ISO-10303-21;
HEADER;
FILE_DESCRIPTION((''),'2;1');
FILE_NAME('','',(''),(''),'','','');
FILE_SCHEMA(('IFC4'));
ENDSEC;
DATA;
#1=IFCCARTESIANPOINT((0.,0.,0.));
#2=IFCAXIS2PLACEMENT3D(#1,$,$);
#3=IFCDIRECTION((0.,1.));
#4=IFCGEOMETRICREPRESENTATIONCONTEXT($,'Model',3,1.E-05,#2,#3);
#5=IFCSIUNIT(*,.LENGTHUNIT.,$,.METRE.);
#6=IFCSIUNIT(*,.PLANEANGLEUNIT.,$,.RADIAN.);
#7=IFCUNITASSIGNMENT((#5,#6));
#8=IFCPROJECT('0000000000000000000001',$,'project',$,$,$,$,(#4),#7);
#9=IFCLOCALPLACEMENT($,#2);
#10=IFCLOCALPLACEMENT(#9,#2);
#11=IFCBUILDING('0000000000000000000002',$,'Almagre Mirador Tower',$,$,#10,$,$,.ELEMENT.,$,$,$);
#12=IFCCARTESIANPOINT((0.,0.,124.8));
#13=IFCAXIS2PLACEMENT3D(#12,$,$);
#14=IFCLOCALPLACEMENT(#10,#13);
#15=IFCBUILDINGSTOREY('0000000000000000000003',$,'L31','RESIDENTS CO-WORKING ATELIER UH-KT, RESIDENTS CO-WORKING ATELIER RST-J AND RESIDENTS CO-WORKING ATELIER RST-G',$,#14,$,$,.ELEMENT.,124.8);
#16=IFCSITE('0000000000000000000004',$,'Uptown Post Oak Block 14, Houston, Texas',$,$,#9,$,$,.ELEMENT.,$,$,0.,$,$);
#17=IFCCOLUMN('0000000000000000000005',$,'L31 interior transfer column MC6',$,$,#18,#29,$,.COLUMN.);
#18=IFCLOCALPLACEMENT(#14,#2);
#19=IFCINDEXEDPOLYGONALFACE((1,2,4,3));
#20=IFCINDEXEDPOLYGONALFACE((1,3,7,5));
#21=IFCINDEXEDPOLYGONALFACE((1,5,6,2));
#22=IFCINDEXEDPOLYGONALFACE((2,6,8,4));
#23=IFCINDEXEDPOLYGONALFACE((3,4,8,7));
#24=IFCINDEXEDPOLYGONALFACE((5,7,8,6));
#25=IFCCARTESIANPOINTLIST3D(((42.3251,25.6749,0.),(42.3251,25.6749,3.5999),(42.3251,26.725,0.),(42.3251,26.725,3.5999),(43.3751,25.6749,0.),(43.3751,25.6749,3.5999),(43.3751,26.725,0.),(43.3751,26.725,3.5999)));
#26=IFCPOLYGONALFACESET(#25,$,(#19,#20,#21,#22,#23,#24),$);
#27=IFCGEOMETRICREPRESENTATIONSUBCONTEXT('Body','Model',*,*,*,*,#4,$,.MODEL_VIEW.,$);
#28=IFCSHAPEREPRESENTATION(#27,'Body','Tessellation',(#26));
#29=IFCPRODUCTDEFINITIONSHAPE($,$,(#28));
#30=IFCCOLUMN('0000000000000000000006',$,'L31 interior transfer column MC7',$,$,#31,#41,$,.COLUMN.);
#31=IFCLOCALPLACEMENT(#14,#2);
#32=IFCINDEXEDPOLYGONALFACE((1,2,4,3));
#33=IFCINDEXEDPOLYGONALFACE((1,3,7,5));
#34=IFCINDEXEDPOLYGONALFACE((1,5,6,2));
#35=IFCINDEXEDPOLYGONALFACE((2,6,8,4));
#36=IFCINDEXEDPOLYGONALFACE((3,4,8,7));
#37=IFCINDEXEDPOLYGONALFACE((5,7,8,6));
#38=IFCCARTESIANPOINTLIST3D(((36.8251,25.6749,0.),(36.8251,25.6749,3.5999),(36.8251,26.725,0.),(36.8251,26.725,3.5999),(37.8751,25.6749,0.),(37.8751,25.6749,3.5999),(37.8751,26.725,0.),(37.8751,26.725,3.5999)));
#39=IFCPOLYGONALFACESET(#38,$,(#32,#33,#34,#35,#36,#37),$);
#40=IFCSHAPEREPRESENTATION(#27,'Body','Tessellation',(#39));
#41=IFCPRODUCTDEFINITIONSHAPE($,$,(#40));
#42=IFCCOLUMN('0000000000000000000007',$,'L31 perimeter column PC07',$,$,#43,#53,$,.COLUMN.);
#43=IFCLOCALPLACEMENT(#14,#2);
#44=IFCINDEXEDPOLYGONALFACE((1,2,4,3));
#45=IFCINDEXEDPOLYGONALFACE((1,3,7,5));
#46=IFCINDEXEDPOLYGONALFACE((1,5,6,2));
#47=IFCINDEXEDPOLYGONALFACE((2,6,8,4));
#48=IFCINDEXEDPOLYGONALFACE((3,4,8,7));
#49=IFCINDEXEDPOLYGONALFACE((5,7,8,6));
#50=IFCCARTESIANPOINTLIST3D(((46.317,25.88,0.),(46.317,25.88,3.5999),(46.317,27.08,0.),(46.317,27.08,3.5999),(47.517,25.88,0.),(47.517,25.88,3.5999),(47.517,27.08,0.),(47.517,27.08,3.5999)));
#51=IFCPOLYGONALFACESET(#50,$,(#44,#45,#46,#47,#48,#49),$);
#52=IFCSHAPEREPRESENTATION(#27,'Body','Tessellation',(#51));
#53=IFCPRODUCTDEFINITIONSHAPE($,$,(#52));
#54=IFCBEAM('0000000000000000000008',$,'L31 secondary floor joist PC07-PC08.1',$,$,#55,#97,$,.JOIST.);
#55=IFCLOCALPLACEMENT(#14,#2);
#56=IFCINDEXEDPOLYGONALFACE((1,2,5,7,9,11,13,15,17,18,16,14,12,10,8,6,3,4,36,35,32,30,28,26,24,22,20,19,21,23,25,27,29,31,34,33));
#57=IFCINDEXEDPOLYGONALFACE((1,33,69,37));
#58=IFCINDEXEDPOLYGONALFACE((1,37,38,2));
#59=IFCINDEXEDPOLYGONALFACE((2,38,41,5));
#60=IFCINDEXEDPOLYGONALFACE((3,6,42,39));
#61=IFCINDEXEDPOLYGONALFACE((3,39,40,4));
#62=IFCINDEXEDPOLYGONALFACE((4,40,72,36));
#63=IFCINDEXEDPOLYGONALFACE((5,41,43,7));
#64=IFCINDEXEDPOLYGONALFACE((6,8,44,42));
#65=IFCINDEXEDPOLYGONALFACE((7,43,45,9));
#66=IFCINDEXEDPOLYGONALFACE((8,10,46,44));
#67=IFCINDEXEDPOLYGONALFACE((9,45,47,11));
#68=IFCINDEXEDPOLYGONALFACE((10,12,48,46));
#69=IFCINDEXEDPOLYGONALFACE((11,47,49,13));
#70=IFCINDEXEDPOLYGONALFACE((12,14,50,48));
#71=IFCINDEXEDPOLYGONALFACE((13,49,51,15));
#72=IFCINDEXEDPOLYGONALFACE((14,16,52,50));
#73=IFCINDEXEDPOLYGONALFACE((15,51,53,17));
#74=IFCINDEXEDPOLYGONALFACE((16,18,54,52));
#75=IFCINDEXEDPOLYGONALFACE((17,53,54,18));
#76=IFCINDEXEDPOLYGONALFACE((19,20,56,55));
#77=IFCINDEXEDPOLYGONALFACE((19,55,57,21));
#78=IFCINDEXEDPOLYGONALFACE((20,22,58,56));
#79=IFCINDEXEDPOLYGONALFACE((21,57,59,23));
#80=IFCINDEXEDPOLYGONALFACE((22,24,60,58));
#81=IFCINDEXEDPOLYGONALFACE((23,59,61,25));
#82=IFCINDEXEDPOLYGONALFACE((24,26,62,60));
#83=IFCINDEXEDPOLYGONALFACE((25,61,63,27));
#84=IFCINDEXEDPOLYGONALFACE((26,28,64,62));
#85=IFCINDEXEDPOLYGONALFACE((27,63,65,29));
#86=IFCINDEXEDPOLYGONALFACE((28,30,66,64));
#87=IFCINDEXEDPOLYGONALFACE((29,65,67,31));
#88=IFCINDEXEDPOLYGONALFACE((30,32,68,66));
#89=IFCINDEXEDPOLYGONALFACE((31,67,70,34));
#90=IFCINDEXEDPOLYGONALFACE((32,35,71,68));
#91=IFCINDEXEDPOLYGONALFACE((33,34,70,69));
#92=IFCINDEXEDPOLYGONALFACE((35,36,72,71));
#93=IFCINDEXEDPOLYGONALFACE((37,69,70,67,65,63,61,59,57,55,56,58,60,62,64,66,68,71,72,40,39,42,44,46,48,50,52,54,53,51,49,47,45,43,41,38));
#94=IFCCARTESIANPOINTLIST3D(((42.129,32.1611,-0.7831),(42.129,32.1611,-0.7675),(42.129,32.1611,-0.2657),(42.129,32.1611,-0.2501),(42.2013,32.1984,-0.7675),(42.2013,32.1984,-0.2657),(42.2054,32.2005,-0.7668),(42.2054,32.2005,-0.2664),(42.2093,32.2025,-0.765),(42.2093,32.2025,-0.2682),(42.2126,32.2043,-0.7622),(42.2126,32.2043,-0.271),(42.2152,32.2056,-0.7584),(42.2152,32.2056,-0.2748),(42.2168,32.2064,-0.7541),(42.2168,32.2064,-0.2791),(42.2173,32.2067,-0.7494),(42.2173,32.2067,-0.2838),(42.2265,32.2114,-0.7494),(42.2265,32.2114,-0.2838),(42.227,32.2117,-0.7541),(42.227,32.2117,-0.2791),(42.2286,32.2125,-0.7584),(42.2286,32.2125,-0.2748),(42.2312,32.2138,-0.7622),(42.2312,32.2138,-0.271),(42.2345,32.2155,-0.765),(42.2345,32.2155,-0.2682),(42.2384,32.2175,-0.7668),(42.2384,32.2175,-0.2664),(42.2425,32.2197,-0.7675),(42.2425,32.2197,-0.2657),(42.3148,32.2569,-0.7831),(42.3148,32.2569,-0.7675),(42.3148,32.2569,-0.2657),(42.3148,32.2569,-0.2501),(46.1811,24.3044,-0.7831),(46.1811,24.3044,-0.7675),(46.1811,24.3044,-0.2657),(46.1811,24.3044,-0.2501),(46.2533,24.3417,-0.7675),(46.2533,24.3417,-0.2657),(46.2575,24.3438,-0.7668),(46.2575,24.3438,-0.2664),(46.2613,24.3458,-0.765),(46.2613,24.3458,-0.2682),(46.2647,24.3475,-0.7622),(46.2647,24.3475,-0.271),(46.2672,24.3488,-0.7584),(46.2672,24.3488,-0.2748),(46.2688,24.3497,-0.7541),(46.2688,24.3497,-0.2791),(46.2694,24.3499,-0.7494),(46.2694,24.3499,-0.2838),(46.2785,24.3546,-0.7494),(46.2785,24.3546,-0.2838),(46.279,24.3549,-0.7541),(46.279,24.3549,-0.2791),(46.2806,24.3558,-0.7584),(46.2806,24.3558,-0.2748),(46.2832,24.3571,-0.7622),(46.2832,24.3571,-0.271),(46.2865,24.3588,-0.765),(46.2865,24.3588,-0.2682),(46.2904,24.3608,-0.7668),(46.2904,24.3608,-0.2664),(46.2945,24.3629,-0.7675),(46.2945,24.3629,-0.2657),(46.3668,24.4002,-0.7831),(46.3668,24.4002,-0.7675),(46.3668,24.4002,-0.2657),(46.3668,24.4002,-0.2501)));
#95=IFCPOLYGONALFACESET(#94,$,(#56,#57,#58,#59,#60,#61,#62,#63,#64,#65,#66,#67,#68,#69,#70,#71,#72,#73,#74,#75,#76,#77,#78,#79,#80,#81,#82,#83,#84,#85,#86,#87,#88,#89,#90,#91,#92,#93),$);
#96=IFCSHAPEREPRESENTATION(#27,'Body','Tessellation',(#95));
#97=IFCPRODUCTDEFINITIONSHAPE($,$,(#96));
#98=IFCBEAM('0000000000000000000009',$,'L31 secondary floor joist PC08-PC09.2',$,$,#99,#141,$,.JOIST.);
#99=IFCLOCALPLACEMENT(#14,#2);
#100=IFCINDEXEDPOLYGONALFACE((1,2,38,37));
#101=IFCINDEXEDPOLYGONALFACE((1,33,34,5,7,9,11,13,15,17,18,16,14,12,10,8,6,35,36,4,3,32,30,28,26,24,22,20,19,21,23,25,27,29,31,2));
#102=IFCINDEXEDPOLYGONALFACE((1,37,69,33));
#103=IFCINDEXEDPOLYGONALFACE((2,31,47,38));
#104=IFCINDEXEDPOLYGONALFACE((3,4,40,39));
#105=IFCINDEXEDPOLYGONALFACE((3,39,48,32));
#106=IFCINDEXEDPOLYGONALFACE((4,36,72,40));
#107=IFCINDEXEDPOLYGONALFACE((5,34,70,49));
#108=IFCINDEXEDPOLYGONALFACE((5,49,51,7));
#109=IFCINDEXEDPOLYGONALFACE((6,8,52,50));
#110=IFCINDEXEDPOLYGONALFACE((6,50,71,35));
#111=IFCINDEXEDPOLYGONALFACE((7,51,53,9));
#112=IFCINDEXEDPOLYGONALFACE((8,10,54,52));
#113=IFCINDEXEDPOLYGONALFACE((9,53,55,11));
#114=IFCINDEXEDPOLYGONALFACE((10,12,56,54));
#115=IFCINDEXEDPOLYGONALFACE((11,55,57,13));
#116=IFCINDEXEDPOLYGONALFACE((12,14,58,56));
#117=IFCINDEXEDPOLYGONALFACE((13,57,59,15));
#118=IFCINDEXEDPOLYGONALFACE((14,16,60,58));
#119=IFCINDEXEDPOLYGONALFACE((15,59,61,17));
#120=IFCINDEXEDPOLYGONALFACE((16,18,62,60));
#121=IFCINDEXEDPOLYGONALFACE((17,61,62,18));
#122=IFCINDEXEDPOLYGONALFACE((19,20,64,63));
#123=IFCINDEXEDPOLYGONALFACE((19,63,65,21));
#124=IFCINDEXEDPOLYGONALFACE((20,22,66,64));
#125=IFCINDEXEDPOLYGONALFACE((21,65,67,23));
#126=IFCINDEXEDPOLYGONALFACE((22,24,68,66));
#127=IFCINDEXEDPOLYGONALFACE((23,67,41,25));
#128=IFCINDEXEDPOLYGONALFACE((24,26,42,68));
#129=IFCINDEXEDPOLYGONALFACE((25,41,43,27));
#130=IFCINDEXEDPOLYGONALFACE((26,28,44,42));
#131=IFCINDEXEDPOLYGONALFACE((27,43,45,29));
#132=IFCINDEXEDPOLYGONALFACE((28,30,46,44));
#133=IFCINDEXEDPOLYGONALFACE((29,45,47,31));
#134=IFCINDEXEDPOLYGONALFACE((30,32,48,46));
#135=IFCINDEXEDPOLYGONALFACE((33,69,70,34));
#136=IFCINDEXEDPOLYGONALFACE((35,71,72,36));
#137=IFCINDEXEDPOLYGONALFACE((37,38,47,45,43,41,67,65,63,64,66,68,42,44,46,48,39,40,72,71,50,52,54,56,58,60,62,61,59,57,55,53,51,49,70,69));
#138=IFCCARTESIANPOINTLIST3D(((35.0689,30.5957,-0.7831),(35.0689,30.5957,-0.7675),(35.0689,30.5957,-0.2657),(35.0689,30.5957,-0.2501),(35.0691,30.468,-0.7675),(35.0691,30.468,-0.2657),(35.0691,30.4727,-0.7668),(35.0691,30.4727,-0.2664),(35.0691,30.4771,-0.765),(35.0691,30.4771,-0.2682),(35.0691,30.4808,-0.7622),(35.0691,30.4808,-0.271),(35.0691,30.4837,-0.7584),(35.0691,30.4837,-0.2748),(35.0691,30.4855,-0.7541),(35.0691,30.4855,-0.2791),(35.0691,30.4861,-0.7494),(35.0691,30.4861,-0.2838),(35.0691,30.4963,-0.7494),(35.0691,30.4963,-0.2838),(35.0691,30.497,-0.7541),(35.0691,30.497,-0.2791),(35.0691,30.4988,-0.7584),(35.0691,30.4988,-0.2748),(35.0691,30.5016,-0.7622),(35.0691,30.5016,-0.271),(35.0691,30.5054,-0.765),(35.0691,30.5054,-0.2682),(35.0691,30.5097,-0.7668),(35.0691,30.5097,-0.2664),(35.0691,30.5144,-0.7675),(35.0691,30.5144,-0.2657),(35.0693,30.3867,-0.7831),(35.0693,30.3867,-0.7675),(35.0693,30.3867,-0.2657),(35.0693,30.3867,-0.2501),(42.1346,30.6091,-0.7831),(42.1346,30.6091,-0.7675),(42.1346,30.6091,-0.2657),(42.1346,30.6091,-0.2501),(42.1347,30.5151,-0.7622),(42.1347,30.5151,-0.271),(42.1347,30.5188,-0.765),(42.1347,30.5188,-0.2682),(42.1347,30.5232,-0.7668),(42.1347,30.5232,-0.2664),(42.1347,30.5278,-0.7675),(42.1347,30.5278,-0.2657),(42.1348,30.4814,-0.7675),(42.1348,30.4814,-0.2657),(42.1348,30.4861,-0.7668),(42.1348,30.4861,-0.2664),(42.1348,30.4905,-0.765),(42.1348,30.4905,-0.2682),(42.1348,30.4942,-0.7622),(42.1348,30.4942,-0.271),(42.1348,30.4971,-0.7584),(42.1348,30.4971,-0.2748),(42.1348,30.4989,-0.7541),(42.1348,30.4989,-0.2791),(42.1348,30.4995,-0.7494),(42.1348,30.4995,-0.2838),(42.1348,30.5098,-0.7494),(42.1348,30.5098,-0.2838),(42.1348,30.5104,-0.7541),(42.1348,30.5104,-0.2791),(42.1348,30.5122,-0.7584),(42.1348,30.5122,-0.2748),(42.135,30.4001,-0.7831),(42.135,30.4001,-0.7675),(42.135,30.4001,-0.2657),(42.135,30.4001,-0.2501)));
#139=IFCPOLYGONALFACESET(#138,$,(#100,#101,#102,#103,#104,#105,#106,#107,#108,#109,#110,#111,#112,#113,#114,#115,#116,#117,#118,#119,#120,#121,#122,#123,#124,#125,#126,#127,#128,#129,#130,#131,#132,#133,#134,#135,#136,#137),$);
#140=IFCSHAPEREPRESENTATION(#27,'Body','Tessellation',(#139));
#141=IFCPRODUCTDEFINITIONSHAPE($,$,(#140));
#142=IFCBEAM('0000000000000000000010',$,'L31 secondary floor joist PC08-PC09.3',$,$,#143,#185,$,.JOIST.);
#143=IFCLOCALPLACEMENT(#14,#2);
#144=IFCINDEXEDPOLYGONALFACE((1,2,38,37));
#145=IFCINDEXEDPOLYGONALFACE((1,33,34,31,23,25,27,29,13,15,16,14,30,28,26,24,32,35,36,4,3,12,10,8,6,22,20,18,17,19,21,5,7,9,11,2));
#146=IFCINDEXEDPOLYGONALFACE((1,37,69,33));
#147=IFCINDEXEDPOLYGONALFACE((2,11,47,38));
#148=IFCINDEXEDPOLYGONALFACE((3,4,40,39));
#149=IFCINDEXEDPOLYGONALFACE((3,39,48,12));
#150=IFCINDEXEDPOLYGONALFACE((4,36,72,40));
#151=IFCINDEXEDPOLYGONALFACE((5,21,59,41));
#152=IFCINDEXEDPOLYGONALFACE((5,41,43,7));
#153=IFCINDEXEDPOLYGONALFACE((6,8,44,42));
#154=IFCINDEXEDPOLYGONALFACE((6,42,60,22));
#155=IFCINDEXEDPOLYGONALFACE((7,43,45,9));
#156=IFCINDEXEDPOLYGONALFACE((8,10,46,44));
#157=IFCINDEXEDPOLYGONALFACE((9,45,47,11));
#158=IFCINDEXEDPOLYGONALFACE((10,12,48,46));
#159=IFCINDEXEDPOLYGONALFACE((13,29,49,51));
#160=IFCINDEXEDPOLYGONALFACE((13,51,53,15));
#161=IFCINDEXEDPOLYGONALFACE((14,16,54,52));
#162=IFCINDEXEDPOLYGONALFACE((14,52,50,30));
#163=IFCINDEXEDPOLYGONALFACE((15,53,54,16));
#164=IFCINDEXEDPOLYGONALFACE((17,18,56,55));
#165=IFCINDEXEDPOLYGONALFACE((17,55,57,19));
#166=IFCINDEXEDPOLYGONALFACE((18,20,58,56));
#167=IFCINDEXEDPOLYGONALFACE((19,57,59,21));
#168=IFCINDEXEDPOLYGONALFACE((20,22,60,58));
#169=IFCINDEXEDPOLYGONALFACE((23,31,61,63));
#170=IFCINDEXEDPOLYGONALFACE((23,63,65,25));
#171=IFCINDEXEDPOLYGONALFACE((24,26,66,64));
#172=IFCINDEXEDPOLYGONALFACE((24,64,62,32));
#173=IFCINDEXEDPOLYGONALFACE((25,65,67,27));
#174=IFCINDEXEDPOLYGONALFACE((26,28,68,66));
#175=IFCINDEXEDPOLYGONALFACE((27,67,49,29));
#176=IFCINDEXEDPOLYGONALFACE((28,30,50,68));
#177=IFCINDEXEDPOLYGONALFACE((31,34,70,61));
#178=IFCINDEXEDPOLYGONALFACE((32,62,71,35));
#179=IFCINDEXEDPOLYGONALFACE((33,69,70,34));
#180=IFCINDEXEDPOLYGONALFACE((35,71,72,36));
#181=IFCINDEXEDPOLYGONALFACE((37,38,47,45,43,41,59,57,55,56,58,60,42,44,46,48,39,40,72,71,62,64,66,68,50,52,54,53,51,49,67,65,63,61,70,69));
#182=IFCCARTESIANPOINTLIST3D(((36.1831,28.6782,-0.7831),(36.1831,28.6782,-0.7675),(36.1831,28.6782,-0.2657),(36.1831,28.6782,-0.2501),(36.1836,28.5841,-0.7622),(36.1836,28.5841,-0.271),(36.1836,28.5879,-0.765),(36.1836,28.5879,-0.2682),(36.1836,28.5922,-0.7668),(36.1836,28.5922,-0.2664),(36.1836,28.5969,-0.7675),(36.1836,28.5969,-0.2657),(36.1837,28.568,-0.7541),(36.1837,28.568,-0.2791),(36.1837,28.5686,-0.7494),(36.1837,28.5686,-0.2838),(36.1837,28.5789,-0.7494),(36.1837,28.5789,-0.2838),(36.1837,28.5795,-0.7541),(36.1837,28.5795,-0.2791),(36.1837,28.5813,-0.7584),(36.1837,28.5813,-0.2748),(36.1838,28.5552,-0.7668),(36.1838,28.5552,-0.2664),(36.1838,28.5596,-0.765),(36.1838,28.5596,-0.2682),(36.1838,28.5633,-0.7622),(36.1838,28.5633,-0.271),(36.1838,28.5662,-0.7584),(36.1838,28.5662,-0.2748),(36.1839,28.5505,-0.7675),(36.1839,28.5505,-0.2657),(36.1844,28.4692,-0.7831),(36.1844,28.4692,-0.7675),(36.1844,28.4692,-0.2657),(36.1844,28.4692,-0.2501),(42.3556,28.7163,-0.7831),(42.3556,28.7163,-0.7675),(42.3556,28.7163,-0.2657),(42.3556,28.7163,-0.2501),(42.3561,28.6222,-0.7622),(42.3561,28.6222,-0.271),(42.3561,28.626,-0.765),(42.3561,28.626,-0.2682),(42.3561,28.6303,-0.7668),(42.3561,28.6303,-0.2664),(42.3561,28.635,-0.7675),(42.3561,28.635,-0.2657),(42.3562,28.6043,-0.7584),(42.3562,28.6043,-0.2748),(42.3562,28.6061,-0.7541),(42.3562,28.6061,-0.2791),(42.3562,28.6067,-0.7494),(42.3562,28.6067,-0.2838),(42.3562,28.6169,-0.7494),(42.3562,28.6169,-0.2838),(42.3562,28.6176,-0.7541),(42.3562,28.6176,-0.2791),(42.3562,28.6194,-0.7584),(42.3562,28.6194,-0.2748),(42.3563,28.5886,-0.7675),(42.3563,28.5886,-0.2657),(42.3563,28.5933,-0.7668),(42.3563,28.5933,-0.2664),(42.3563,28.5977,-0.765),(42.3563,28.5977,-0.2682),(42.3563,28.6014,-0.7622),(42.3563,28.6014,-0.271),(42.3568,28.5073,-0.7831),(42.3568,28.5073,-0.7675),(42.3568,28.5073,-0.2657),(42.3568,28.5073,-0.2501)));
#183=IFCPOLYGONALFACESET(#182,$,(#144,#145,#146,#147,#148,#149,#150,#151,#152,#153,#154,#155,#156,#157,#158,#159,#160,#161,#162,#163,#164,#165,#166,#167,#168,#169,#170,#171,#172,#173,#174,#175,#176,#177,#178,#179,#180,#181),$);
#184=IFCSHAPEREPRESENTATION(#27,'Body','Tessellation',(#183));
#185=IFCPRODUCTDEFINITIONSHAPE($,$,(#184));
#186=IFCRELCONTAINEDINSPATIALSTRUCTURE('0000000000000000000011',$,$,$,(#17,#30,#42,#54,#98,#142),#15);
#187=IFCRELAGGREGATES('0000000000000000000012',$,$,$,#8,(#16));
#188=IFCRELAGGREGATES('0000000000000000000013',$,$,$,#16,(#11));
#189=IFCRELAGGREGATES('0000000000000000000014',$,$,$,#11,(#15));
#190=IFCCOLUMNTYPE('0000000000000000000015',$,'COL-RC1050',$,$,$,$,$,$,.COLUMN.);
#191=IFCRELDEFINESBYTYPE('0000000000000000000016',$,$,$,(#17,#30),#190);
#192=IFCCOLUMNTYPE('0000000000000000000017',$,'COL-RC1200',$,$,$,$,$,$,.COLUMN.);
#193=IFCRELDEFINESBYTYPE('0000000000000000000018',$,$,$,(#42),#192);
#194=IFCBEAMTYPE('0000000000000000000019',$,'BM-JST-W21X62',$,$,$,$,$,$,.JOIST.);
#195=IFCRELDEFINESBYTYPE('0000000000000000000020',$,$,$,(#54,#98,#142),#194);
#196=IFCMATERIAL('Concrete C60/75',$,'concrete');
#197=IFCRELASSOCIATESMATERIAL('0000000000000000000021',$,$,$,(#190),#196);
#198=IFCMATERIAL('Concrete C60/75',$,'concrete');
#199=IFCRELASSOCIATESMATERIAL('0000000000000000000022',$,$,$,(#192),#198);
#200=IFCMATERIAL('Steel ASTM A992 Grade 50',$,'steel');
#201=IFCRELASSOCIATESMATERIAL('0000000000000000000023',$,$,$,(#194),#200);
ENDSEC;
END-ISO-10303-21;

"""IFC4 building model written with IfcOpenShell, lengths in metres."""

from ifc_helpers import new_model, si_unit, direction, frame, origin, origin_2d, place, context, subcontext, project, spatial, rectangle, i_section, extrude, material, material_profile, profile_set, type_object, element, save


model = new_model("IFC4")

# Units and contexts
model_context = context("Model", 3, precision=1e-05, world=origin(), true_north=direction((0.0, 1.0)))
body_context = subcontext(model_context, "Body", "Model", "MODEL_VIEW")
ifc_project = project(units=[si_unit("LENGTHUNIT", "METRE"), si_unit("PLANEANGLEUNIT", "RADIAN")], contexts=[model_context])

# Site, building, storey
site_placement = place(None, origin())
site = spatial("IfcSite", under=ifc_project, at=site_placement, Name="Uptown Post Oak Block 14, Houston, Texas", CompositionType="ELEMENT", RefElevation=0.0)
building_placement = place(site_placement, origin())
building = spatial("IfcBuilding", under=site, at=building_placement, Name="Almagre Mirador Tower", CompositionType="ELEMENT")
storey_placement = place(building_placement, frame((0.0, 0.0, 124.8)))
storey = spatial("IfcBuildingStorey", under=building, at=storey_placement, Name="L31", Description="RESIDENTS CO-WORKING ATELIER UH-KT, RESIDENTS CO-WORKING ATELIER RST-J AND RESIDENTS CO-WORKING ATELIER RST-G", CompositionType="ELEMENT", Elevation=124.8)

# Columns
ifc_material_1 = material(Name="Concrete C60/75", Category="concrete")
ifc_material_profile_1 = material_profile(ifc_material_1, rectangle(XDim=1.05, YDim=1.05, at=origin_2d()), Name="RC1050X1050")
ifc_profile_set_1 = profile_set([ifc_material_profile_1], Name="Concrete C60/75")
column_type_1 = type_object("IfcColumnType", Name="COL-RC1050", PredefinedType="COLUMN", material=ifc_profile_set_1)
for number, where, z_axis, x_axis, name in (
    (1, (42.8501, 26.2, 0.0), (0.0, 0.0, 1.0), (1.0, 0.0, 0.0), "L31 interior transfer column MC6"),
    (2, (37.3501, 26.2, 0.0), (0.0, 0.0, 1.0), (1.0, 0.0, 0.0), "L31 interior transfer column MC7"),
):
    element("IfcColumn", number, at=place(storey_placement, frame(where, z_axis=z_axis, x_axis=x_axis)), inside=storey, type_object=column_type_1, Name=name, PredefinedType="COLUMN", context=body_context, shape_type="SweptSolid", body=[
        extrude(rectangle(XDim=1.05, YDim=1.05, at=origin_2d()), origin(), (0.0, 0.0, 1.0), 3.5999),
    ])
ifc_material_2 = material(Name="Concrete C60/75", Category="concrete")
ifc_material_profile_2 = material_profile(ifc_material_2, rectangle(XDim=1.2, YDim=1.2, at=origin_2d()), Name="RC1200X1200")
ifc_profile_set_2 = profile_set([ifc_material_profile_2], Name="Concrete C60/75")
column_type_2 = type_object("IfcColumnType", Name="COL-RC1200", PredefinedType="COLUMN", material=ifc_profile_set_2)
column_placement = place(storey_placement, frame((46.917, 26.48, 0.0), z_axis=(0.0, 0.0, 1.0), x_axis=(1.0, 0.0, 0.0)))
element("IfcColumn", 3, at=column_placement, inside=storey, type_object=column_type_2, Name="L31 perimeter column PC07", PredefinedType="COLUMN", context=body_context, shape_type="SweptSolid", body=[
    extrude(rectangle(XDim=1.2, YDim=1.2, at=origin_2d()), origin(), (0.0, 0.0, 1.0), 3.5999),
])

# Beams
ifc_material_3 = material(Name="Steel ASTM A992 Grade 50", Category="steel")
ifc_material_profile_3 = material_profile(ifc_material_3, i_section(OverallWidth=0.209, OverallDepth=0.533, WebThickness=0.0103, FlangeThickness=0.0156, FilletRadius=0.0181, at=origin_2d()), Name="W21X62")
ifc_profile_set_3 = profile_set([ifc_material_profile_3], Name="Steel ASTM A992 Grade 50")
beam_type_1 = type_object("IfcBeamType", Name="BM-JST-W21X62", PredefinedType="JOIST", material=ifc_profile_set_3)
beam_1_placement = place(storey_placement, frame((46.2739, 24.3523, -0.5166), z_axis=(-0.458369, 0.888762, 0.0), x_axis=(-0.888762, -0.458369, 0.0)))
element("IfcBeam", 4, at=beam_1_placement, inside=storey, type_object=beam_type_1, Name="L31 secondary floor joist PC07-PC08.1", PredefinedType="JOIST", context=body_context, shape_type="SweptSolid", body=[
    extrude(i_section(OverallWidth=0.209, OverallDepth=0.533, WebThickness=0.0103, FlangeThickness=0.0156, FilletRadius=0.0181, at=origin_2d()), origin(), (0.0, 0.0, 1.0), 8.8401),
])
beam_2_placement = place(storey_placement, frame((42.1348, 30.5046, -0.5166), z_axis=(-0.999998, -0.0019, 0.0), x_axis=(0.0019, -0.999998, 0.0)))
element("IfcBeam", 5, at=beam_2_placement, inside=storey, type_object=beam_type_1, Name="L31 secondary floor joist PC08-PC09.2", PredefinedType="JOIST", context=body_context, shape_type="SweptSolid", body=[
    extrude(i_section(OverallWidth=0.209, OverallDepth=0.533, WebThickness=0.0103, FlangeThickness=0.0156, FilletRadius=0.0181, at=origin_2d()), origin(), (0.0, 0.0, 1.0), 7.0657),
])
beam_3_placement = place(storey_placement, frame((42.3562, 28.6118, -0.5166), z_axis=(-0.999981, -0.00617, 0.0), x_axis=(0.00617, -0.999981, 0.0)))
element("IfcBeam", 6, at=beam_3_placement, inside=storey, type_object=beam_type_1, Name="L31 secondary floor joist PC08-PC09.3", PredefinedType="JOIST", context=body_context, shape_type="SweptSolid", body=[
    extrude(i_section(OverallWidth=0.209, OverallDepth=0.533, WebThickness=0.0103, FlangeThickness=0.0156, FilletRadius=0.0181, at=origin_2d()), origin(), (0.0, 0.0, 1.0), 6.1726),
])

save(model, "model.ifc")
